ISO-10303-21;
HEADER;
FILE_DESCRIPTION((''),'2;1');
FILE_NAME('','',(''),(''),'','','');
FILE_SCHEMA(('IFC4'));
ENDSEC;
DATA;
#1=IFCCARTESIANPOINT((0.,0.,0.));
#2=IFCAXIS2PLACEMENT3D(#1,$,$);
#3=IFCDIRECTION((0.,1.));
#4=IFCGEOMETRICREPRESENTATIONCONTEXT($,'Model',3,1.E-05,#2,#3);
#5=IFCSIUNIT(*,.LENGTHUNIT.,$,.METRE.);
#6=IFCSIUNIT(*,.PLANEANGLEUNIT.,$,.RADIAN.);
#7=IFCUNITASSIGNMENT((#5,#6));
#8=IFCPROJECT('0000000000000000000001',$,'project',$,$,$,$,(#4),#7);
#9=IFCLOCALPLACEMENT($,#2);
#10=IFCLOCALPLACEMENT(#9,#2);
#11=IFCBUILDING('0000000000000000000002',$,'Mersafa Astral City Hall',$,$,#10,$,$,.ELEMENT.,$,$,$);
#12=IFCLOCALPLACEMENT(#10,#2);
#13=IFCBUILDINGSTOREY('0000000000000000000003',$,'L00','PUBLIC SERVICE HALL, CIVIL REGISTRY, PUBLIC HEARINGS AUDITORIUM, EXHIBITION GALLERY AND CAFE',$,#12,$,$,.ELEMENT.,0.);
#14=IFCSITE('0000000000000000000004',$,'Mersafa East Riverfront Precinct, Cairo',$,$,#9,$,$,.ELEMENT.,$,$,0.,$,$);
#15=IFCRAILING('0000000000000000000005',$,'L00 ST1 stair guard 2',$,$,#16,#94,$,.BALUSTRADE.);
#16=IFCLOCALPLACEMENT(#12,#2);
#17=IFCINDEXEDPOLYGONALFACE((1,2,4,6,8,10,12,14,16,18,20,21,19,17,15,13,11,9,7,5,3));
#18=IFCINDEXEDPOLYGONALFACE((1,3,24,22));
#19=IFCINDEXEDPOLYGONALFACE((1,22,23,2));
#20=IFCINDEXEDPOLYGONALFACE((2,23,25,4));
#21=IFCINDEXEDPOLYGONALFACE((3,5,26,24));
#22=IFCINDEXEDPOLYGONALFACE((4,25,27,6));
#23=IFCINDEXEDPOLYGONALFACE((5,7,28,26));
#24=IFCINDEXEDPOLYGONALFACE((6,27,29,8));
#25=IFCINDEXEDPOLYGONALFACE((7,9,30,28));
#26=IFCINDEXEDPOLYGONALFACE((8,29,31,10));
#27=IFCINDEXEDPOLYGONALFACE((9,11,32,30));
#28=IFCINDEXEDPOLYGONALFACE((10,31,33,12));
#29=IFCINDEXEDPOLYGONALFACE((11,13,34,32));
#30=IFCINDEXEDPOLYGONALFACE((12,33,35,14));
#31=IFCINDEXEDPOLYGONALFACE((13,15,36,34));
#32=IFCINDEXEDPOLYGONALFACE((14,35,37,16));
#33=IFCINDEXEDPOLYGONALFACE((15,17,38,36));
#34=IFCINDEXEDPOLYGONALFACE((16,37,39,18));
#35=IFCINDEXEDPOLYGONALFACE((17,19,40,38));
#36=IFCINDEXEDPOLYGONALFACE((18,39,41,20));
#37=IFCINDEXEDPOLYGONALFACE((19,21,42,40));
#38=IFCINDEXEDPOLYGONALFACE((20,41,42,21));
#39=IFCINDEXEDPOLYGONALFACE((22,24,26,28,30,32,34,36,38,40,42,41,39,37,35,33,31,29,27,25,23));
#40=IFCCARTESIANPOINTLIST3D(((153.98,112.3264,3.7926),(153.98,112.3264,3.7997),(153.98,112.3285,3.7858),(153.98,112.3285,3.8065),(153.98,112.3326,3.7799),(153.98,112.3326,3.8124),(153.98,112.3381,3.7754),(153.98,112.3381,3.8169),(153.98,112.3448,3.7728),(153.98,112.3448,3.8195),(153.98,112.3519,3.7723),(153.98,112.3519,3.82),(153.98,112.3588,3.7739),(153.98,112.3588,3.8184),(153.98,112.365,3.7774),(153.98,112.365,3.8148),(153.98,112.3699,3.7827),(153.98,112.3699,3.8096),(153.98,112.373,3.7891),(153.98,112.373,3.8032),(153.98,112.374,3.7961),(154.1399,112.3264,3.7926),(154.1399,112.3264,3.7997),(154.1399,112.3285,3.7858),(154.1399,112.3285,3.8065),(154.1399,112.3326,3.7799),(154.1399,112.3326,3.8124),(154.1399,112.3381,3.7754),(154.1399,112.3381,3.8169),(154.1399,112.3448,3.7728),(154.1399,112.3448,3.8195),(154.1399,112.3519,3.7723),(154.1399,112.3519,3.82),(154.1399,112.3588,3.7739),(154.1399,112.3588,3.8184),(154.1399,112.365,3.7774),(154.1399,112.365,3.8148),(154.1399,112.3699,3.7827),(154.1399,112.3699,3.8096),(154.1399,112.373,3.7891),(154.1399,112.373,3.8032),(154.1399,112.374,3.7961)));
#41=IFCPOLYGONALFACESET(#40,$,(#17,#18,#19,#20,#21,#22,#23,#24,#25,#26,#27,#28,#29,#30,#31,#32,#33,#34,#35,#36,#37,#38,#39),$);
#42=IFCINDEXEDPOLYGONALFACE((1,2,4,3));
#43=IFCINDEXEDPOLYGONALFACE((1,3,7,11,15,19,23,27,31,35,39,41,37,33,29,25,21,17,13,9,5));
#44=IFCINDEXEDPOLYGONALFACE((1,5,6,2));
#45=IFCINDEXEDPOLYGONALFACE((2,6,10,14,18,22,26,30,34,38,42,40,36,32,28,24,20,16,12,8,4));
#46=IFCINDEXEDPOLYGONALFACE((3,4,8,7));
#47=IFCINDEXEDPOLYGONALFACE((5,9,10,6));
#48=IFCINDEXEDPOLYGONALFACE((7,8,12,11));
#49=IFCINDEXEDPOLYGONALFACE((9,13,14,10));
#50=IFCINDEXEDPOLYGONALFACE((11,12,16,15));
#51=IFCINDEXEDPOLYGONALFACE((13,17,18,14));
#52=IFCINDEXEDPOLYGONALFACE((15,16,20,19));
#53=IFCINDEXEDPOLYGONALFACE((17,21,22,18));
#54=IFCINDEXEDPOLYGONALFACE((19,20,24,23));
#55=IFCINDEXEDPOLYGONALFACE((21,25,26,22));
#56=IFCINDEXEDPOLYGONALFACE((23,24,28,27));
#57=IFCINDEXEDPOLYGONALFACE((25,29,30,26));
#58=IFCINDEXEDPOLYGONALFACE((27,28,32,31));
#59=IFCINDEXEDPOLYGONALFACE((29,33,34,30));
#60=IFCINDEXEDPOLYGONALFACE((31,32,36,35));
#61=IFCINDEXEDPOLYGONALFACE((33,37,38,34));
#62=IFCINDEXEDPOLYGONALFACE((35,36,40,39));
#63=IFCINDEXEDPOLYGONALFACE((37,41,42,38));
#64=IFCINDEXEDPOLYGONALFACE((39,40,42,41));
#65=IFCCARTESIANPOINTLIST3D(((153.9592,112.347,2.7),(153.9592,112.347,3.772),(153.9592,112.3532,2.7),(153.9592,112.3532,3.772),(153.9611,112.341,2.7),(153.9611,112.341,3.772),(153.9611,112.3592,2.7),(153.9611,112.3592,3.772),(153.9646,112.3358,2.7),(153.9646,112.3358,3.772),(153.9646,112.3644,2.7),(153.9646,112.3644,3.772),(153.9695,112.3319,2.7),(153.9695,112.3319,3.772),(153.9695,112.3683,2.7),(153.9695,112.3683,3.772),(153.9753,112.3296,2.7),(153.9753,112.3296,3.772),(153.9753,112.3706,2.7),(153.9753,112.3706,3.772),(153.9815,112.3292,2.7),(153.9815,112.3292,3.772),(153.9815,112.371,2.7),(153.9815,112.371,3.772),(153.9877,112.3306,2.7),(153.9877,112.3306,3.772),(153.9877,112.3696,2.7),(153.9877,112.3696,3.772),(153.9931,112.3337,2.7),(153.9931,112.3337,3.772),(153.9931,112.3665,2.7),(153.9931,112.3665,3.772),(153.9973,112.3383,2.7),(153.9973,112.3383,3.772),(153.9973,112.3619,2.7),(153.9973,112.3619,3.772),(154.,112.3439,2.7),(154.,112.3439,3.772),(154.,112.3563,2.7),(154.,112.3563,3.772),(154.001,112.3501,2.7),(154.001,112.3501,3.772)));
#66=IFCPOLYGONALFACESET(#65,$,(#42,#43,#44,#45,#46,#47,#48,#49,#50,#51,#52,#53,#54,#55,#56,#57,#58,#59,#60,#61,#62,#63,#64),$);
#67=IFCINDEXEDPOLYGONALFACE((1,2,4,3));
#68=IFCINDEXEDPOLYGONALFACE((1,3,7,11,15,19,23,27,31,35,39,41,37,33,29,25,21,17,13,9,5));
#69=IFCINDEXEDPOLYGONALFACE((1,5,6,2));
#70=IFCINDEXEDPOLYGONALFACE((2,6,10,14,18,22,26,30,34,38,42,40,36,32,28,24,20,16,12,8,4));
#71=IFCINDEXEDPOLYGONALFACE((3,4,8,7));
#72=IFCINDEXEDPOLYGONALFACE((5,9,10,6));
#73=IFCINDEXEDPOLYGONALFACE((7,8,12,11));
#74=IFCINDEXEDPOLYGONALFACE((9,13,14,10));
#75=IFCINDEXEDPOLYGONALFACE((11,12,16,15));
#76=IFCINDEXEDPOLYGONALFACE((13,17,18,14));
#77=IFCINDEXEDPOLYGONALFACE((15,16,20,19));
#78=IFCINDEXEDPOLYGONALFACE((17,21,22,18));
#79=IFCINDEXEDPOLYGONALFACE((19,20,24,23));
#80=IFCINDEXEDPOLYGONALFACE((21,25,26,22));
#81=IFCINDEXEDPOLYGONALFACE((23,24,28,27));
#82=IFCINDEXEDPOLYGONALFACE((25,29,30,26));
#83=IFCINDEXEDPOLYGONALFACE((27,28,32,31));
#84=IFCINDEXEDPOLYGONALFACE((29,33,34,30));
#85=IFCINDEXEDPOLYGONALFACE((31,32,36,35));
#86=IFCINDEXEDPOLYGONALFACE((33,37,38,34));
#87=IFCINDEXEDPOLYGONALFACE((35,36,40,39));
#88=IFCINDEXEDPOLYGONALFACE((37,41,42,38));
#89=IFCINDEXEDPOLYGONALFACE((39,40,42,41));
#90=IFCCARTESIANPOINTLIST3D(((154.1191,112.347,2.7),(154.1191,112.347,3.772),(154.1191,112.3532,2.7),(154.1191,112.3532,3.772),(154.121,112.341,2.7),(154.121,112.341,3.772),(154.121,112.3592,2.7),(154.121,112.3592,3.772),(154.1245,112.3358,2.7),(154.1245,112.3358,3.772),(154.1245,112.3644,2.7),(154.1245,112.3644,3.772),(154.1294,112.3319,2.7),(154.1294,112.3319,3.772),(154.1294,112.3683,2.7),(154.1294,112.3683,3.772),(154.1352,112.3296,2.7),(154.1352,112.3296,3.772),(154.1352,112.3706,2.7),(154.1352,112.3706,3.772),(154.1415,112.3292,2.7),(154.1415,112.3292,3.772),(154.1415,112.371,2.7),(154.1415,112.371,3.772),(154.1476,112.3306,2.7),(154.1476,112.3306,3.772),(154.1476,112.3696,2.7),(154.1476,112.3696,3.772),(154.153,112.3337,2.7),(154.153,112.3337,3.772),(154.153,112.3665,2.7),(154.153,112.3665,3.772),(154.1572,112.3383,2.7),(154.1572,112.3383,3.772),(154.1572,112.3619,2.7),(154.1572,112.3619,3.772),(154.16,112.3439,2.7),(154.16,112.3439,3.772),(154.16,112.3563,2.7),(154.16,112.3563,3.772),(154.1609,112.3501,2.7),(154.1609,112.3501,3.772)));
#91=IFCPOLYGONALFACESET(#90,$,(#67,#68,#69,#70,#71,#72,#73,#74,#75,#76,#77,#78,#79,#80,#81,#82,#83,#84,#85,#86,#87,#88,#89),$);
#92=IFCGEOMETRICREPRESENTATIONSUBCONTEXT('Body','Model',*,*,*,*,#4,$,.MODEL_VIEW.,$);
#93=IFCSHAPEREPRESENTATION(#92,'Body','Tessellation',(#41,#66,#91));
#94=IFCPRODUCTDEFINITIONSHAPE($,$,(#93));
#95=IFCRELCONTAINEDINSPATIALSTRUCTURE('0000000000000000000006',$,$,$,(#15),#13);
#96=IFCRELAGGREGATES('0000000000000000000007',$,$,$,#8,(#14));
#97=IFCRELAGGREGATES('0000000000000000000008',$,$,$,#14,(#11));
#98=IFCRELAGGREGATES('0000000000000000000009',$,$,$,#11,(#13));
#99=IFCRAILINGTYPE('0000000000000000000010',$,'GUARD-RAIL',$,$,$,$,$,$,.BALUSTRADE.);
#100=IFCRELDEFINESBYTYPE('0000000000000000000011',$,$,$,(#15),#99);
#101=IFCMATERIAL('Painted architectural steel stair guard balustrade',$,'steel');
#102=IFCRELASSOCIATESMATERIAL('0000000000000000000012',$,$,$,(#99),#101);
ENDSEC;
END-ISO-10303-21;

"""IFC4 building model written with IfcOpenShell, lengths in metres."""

from ifc_helpers import new_model, si_unit, direction, frame, origin, origin_2d, place, context, subcontext, project, spatial, circle, extrude, material, type_object, element, save


model = new_model("IFC4")

# Units and contexts
model_context = context("Model", 3, precision=1e-05, world=origin(), true_north=direction((0.0, 1.0)))
body_context = subcontext(model_context, "Body", "Model", "MODEL_VIEW")
ifc_project = project(units=[si_unit("LENGTHUNIT", "METRE"), si_unit("PLANEANGLEUNIT", "RADIAN")], contexts=[model_context])

# Site, building, storey
site_placement = place(None, origin())
site = spatial("IfcSite", under=ifc_project, at=site_placement, Name="Mersafa East Riverfront Precinct, Cairo", CompositionType="ELEMENT", RefElevation=0.0)
building_placement = place(site_placement, origin())
building = spatial("IfcBuilding", under=site, at=building_placement, Name="Mersafa Astral City Hall", CompositionType="ELEMENT")
storey_placement = place(building_placement, origin())
storey = spatial("IfcBuildingStorey", under=building, at=storey_placement, Name="L00", Description="PUBLIC SERVICE HALL, CIVIL REGISTRY, PUBLIC HEARINGS AUDITORIUM, EXHIBITION GALLERY AND CAFE", CompositionType="ELEMENT", Elevation=0.0)

# Railing
ifc_material_1 = material(Name="Painted architectural steel stair guard balustrade", Category="steel")
railing_type_1 = type_object("IfcRailingType", Name="GUARD-RAIL", PredefinedType="BALUSTRADE", material=ifc_material_1)
railing_1_placement = place(storey_placement, frame((153.98, 112.3501, 2.7)))
element("IfcRailing", 1, at=railing_1_placement, inside=storey, type_object=railing_type_1, Name="L00 ST1 stair guard 2", PredefinedType="BALUSTRADE", context=body_context, shape_type="SweptSolid", body=[
    extrude(circle(Radius=0.0239, at=origin_2d()), frame((0.0, 0.0, 1.0962), z_axis=(1.0, 0.0, 0.0), x_axis=(0.0, 1.0, 0.0)), (0.0, 0.0, 1.0), 0.1599),
    extrude(circle(Radius=0.021, at=origin_2d()), origin(), (0.0, 0.0, 1.0), 1.072),
    extrude(circle(Radius=0.021, at=origin_2d()), frame((0.1599, 0.0, 0.0)), (0.0, 0.0, 1.0), 1.072),
])

save(model, "model.ifc")
